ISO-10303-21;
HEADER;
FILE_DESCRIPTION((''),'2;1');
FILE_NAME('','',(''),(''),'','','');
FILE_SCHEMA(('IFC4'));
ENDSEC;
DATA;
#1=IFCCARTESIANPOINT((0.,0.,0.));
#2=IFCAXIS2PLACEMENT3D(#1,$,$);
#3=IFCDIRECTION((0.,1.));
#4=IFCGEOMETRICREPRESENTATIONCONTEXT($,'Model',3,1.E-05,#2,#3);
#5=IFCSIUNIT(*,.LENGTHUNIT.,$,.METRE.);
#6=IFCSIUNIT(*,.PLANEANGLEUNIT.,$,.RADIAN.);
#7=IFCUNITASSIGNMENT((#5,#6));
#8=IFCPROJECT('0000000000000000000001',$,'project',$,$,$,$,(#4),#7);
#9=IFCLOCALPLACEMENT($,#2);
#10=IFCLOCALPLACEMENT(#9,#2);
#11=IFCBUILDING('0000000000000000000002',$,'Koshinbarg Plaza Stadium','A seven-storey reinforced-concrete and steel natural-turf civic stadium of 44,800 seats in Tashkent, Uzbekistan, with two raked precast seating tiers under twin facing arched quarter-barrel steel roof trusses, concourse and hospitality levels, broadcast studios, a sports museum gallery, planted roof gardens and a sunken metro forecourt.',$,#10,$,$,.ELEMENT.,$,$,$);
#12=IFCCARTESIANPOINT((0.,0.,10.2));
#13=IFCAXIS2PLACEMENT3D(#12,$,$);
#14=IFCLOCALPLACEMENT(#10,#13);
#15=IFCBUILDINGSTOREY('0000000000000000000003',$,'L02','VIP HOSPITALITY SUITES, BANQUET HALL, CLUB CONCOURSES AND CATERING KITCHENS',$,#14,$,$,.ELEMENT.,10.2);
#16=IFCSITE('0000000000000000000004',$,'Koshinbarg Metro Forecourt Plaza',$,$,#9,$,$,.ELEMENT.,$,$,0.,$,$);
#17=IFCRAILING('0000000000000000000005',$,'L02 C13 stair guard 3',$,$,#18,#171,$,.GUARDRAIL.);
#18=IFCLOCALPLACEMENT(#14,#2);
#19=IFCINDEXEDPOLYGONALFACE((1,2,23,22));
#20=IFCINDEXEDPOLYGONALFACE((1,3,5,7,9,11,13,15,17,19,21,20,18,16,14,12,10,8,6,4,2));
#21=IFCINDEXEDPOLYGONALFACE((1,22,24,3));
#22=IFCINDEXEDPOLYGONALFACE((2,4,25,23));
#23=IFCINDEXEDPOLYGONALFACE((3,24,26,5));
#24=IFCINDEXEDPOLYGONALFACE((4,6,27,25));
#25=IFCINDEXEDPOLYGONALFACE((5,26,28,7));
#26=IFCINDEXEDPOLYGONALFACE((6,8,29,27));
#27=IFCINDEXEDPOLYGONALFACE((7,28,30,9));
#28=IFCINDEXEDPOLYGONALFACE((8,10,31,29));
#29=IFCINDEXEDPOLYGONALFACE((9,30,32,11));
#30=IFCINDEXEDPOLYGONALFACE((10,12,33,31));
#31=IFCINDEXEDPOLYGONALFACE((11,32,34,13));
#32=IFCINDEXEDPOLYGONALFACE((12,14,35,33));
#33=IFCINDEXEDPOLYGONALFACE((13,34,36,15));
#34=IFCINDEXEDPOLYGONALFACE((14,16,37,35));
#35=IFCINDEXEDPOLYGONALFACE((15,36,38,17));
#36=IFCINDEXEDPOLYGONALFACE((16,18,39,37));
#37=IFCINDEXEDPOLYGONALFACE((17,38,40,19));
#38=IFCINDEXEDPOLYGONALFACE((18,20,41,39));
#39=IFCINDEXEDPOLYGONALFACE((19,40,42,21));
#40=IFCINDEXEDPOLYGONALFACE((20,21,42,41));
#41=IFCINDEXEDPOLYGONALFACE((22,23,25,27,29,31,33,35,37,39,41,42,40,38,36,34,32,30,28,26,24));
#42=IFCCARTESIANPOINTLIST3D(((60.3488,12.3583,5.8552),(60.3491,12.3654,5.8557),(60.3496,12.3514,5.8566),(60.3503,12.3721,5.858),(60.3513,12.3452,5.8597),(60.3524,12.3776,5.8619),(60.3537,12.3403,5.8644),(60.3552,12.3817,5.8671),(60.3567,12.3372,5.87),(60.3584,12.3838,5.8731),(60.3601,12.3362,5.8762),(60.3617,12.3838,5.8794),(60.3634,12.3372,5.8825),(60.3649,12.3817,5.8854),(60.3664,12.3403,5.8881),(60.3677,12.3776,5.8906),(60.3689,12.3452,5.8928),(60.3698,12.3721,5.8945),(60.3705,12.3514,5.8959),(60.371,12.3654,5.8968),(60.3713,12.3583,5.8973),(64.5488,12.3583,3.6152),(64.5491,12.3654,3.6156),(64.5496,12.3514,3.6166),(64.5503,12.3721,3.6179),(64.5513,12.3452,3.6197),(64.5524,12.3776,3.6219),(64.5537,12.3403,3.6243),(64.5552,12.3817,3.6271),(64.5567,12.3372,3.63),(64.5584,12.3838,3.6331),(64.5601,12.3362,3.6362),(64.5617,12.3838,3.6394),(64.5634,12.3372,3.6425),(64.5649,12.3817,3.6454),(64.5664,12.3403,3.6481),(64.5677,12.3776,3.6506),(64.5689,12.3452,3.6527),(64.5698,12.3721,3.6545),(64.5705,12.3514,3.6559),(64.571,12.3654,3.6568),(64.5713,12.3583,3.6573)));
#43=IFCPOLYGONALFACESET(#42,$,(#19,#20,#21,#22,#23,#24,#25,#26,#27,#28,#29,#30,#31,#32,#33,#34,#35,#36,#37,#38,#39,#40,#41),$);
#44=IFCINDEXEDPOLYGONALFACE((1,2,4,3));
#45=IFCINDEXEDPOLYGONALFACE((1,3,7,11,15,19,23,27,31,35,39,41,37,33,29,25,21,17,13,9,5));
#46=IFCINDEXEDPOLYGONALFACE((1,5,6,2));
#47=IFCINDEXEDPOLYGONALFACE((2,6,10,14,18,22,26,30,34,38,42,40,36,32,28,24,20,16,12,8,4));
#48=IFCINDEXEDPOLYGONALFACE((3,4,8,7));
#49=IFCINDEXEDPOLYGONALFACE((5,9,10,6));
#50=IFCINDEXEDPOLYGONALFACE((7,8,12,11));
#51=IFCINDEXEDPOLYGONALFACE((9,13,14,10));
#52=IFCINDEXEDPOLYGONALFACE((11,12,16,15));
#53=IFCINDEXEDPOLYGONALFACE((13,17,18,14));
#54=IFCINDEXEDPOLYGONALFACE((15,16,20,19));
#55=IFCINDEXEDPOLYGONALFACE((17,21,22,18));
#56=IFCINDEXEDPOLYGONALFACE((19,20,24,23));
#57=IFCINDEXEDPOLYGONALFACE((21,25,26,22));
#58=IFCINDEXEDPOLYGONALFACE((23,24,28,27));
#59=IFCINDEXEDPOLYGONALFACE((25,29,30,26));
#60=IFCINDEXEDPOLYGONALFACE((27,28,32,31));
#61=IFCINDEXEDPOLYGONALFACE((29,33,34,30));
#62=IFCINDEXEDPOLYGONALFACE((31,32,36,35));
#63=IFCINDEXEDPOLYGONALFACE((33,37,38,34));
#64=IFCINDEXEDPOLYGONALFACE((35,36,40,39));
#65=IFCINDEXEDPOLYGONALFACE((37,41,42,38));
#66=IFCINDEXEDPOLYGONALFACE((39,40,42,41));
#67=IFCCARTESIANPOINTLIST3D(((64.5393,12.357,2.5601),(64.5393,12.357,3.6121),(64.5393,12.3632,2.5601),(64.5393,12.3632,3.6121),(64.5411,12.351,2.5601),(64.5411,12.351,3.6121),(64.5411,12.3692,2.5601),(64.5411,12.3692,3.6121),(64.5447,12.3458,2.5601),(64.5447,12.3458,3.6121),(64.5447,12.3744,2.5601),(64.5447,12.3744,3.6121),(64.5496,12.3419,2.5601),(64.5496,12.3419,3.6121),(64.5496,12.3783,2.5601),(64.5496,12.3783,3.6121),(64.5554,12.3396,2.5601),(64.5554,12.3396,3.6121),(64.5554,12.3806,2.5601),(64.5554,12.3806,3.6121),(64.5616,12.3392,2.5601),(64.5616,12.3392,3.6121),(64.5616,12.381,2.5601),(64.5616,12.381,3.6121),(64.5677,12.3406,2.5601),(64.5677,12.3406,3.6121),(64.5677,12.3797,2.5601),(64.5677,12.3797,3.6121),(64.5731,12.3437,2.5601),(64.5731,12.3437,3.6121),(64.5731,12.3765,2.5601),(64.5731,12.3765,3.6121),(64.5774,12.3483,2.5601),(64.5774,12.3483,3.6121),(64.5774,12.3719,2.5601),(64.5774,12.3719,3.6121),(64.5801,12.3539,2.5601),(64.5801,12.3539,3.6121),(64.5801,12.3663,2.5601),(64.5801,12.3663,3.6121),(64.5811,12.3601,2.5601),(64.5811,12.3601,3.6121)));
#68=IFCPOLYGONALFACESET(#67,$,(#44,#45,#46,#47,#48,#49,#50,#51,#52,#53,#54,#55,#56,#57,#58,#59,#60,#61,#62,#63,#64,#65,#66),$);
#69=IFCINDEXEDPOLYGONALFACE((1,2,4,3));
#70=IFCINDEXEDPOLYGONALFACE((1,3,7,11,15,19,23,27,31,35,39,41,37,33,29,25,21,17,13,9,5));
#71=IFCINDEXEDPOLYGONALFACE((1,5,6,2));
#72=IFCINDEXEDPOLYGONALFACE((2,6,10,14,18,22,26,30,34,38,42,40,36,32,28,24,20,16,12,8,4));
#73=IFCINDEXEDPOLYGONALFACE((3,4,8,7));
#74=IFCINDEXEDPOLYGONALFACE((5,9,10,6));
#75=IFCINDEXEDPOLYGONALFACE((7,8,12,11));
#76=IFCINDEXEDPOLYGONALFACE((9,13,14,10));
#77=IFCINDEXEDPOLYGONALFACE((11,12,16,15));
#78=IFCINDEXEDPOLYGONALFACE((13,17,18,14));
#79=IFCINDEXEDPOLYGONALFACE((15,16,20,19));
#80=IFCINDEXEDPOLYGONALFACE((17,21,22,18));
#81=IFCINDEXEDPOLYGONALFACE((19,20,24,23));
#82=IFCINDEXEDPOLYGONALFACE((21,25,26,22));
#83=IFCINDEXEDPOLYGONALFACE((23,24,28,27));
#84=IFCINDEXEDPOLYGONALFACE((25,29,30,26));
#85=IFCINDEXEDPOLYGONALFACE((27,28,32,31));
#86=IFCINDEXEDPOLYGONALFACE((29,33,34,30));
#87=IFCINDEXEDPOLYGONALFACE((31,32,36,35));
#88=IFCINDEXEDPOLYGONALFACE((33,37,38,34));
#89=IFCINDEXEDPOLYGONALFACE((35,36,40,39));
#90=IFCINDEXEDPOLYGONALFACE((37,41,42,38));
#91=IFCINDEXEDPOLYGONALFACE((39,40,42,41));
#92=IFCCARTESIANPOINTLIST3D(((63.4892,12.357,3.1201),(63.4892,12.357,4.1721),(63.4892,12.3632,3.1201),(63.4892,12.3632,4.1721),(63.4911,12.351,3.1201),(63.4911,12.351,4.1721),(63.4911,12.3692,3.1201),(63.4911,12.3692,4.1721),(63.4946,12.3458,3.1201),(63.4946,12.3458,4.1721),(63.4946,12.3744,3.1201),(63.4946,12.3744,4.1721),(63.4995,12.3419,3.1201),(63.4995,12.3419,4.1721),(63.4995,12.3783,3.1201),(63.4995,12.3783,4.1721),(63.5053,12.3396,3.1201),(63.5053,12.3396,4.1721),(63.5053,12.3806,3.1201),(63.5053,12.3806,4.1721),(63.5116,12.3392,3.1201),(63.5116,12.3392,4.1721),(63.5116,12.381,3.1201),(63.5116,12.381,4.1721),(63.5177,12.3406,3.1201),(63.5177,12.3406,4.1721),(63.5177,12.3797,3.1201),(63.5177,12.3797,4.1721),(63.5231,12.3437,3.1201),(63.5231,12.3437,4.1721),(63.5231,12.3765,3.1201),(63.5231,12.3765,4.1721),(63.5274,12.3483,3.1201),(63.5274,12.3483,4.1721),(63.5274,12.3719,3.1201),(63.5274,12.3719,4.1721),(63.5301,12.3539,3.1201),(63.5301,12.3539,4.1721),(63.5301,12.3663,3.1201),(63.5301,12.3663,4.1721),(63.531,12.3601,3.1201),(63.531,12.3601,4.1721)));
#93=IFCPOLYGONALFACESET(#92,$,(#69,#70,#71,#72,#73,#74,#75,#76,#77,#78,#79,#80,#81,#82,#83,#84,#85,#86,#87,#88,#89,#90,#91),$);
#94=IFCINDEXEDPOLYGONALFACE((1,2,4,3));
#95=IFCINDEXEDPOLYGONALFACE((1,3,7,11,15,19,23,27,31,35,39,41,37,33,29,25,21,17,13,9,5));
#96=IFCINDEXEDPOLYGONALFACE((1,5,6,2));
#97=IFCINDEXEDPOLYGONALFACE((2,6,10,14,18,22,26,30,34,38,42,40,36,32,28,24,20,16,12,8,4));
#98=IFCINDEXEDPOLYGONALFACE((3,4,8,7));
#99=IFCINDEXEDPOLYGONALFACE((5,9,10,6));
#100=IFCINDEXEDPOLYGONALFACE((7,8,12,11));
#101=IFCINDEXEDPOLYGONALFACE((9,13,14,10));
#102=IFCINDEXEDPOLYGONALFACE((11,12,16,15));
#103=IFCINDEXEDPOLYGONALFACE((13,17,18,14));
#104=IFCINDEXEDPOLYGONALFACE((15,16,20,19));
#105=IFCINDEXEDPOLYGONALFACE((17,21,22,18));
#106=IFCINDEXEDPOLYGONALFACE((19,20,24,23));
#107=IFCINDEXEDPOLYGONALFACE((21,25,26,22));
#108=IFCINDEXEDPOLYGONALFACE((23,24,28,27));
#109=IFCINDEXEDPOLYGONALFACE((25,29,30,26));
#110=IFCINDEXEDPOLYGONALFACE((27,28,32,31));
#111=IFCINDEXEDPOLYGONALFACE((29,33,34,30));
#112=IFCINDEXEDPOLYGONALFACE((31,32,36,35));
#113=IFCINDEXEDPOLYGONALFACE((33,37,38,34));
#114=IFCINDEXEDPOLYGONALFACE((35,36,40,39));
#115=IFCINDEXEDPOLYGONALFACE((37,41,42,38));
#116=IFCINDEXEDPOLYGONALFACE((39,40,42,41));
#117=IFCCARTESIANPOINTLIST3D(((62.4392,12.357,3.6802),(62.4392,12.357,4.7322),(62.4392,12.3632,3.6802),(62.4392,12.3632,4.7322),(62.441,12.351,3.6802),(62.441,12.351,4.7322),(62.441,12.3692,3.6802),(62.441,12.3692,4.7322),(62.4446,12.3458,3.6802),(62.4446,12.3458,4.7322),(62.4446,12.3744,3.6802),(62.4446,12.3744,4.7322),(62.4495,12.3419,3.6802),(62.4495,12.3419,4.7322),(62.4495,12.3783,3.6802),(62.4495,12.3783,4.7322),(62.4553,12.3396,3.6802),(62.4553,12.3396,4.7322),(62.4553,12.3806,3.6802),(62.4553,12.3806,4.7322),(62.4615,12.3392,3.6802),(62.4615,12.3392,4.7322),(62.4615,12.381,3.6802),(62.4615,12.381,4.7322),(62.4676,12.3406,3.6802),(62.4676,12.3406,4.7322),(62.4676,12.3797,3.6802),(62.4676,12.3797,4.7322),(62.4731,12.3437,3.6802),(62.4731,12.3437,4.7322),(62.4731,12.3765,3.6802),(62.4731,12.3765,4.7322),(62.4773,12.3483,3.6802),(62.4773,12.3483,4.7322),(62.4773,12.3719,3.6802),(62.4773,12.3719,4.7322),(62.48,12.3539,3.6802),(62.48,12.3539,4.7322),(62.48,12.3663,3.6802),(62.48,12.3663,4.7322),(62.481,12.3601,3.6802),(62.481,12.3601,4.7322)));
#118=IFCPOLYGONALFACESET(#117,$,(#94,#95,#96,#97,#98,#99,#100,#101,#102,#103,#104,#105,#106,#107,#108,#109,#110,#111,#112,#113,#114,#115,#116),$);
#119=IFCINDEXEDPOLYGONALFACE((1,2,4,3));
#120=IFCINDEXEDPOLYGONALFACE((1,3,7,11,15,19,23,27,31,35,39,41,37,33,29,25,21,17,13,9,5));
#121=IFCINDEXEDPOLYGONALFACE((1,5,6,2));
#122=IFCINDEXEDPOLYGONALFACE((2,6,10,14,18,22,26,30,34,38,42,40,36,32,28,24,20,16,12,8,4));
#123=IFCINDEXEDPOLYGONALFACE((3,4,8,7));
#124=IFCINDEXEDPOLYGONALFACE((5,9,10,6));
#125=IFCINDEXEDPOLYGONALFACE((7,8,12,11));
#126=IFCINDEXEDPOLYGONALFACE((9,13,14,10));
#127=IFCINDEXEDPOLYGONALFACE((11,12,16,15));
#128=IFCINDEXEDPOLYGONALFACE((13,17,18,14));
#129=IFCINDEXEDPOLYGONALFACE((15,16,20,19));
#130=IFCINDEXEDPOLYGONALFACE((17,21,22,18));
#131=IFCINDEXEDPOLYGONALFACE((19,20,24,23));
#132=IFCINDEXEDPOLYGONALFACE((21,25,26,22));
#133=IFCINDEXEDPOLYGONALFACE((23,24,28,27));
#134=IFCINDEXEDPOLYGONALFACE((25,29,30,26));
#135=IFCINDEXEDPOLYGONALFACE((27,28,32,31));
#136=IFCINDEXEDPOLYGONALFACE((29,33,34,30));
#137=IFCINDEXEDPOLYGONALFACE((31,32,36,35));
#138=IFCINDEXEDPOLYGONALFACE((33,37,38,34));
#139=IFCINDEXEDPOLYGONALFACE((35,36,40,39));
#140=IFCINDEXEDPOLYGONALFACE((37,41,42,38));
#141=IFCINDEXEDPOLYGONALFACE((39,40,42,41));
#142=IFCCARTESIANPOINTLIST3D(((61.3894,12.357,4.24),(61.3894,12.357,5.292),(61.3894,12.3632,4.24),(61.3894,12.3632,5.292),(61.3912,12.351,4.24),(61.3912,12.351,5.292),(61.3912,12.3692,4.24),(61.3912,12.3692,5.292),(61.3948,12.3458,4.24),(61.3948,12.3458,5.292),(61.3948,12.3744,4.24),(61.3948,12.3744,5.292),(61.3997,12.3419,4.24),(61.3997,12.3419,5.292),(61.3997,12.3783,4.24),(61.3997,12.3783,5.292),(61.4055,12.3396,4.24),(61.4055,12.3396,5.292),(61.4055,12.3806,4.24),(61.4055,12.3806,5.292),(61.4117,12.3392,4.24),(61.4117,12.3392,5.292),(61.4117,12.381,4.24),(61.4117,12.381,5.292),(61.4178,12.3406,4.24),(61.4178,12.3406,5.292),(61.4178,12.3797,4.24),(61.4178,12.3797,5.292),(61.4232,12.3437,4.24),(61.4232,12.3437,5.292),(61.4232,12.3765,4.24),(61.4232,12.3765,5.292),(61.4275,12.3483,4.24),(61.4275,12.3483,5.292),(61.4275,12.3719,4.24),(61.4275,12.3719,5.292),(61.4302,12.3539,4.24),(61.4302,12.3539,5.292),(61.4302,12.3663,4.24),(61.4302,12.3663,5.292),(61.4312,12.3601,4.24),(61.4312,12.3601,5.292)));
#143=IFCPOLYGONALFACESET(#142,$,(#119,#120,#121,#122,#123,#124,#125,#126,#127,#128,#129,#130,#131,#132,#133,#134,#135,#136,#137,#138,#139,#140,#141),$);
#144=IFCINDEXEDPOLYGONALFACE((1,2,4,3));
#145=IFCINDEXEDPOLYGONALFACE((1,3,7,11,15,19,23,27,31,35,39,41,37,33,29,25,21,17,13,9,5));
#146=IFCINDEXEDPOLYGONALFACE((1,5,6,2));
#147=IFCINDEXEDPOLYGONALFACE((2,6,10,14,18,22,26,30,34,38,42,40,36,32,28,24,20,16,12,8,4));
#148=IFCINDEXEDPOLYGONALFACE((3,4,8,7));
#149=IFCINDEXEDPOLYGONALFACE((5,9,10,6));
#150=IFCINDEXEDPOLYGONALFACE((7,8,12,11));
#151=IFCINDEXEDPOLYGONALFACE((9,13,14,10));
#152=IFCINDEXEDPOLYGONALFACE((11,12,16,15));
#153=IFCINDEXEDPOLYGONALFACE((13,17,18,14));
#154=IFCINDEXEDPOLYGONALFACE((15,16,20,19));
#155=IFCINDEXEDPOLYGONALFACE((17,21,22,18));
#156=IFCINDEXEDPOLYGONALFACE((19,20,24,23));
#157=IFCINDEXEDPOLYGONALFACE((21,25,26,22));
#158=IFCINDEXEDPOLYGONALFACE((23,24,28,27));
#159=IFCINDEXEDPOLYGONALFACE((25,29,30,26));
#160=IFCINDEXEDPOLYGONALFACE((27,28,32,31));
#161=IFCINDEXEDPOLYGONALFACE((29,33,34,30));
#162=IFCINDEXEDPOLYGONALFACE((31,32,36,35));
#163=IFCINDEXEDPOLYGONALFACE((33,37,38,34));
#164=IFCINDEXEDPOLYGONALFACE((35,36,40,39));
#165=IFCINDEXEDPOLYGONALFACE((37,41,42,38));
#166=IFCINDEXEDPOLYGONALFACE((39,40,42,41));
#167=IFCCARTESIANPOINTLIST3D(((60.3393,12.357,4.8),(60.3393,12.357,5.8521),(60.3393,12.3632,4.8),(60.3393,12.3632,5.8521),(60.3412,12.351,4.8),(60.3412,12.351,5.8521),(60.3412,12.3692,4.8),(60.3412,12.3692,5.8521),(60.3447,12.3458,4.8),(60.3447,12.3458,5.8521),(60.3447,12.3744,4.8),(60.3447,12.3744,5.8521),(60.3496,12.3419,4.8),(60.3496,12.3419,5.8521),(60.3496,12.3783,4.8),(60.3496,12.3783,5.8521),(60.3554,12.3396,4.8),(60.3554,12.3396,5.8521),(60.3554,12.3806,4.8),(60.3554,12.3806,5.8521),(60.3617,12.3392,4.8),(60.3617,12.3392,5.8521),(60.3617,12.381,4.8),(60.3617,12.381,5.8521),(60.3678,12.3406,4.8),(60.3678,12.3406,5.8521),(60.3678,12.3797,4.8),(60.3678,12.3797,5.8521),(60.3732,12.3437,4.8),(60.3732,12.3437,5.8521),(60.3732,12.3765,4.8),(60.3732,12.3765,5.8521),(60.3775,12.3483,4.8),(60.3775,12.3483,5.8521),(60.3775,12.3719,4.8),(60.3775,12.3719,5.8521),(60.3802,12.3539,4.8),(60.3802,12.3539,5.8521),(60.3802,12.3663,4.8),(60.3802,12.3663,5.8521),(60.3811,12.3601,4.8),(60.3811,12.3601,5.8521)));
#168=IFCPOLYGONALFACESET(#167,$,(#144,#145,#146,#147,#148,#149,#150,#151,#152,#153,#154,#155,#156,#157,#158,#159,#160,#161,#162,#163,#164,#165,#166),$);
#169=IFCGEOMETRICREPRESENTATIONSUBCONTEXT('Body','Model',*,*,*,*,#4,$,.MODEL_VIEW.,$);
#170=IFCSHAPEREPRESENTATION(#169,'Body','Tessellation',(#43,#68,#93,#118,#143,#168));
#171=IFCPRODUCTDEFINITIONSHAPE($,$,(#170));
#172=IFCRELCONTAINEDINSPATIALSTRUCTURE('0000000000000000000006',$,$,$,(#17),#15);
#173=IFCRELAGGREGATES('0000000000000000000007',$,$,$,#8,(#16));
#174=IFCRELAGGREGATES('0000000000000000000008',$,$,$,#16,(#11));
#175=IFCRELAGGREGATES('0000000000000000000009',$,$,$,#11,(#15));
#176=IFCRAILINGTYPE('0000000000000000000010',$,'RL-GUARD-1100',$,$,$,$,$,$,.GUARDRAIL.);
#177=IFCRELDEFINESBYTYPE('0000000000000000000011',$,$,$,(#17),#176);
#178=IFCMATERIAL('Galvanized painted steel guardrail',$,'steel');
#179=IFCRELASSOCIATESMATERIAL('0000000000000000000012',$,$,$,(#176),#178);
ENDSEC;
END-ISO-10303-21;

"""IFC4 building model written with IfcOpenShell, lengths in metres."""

from ifc_helpers import new_model, si_unit, direction, frame, origin, origin_2d, place, context, subcontext, project, spatial, circle, extrude, material, type_object, element, save


model = new_model("IFC4")

# Units and contexts
model_context = context("Model", 3, precision=1e-05, world=origin(), true_north=direction((0.0, 1.0)))
body_context = subcontext(model_context, "Body", "Model", "MODEL_VIEW")
ifc_project = project(units=[si_unit("LENGTHUNIT", "METRE"), si_unit("PLANEANGLEUNIT", "RADIAN")], contexts=[model_context])

# Site, building, storey
site_placement = place(None, origin())
site = spatial("IfcSite", under=ifc_project, at=site_placement, Name="Koshinbarg Metro Forecourt Plaza", CompositionType="ELEMENT", RefElevation=0.0)
building_placement = place(site_placement, origin())
building = spatial("IfcBuilding", under=site, at=building_placement, Name="Koshinbarg Plaza Stadium", Description="A seven-storey reinforced-concrete and steel natural-turf civic stadium of 44,800 seats in Tashkent, Uzbekistan, with two raked precast seating tiers under twin facing arched quarter-barrel steel roof trusses, concourse and hospitality levels, broadcast studios, a sports museum gallery, planted roof gardens and a sunken metro forecourt.", CompositionType="ELEMENT")
storey_placement = place(building_placement, frame((0.0, 0.0, 10.2)))
storey = spatial("IfcBuildingStorey", under=building, at=storey_placement, Name="L02", Description="VIP HOSPITALITY SUITES, BANQUET HALL, CLUB CONCOURSES AND CATERING KITCHENS", CompositionType="ELEMENT", Elevation=10.2)

# Railing
ifc_material_1 = material(Name="Galvanized painted steel guardrail", Category="steel")
railing_type_1 = type_object("IfcRailingType", Name="RL-GUARD-1100", PredefinedType="GUARDRAIL", material=ifc_material_1)
railing_1_placement = place(storey_placement, frame((64.5601, 12.3601, 2.5601)))
element("IfcRailing", 1, at=railing_1_placement, inside=storey, type_object=railing_type_1, Name="L02 C13 stair guard 3", PredefinedType="GUARDRAIL", context=body_context, shape_type="SweptSolid", body=[
    extrude(circle(Radius=0.0239, at=origin_2d()), frame((0.0, 0.0, 1.0762), z_axis=(-0.882352, 0.0, 0.470591), x_axis=(0.0, -1.0, 0.0)), (0.0, 0.0, 1.0), 4.76),
    extrude(circle(Radius=0.021, at=origin_2d()), origin(), (0.0, 0.0, 1.0), 1.052),
    extrude(circle(Radius=0.021, at=origin_2d()), frame((-1.05, 0.0, 0.5601)), (0.0, 0.0, 1.0), 1.052),
    extrude(circle(Radius=0.021, at=origin_2d()), frame((-2.1001, 0.0, 1.1201)), (0.0, 0.0, 1.0), 1.052),
    extrude(circle(Radius=0.021, at=origin_2d()), frame((-3.1499, 0.0, 1.6799)), (0.0, 0.0, 1.0), 1.052),
    extrude(circle(Radius=0.021, at=origin_2d()), frame((-4.2, 0.0, 2.24)), (0.0, 0.0, 1.0), 1.052),
])

save(model, "model.ifc")
